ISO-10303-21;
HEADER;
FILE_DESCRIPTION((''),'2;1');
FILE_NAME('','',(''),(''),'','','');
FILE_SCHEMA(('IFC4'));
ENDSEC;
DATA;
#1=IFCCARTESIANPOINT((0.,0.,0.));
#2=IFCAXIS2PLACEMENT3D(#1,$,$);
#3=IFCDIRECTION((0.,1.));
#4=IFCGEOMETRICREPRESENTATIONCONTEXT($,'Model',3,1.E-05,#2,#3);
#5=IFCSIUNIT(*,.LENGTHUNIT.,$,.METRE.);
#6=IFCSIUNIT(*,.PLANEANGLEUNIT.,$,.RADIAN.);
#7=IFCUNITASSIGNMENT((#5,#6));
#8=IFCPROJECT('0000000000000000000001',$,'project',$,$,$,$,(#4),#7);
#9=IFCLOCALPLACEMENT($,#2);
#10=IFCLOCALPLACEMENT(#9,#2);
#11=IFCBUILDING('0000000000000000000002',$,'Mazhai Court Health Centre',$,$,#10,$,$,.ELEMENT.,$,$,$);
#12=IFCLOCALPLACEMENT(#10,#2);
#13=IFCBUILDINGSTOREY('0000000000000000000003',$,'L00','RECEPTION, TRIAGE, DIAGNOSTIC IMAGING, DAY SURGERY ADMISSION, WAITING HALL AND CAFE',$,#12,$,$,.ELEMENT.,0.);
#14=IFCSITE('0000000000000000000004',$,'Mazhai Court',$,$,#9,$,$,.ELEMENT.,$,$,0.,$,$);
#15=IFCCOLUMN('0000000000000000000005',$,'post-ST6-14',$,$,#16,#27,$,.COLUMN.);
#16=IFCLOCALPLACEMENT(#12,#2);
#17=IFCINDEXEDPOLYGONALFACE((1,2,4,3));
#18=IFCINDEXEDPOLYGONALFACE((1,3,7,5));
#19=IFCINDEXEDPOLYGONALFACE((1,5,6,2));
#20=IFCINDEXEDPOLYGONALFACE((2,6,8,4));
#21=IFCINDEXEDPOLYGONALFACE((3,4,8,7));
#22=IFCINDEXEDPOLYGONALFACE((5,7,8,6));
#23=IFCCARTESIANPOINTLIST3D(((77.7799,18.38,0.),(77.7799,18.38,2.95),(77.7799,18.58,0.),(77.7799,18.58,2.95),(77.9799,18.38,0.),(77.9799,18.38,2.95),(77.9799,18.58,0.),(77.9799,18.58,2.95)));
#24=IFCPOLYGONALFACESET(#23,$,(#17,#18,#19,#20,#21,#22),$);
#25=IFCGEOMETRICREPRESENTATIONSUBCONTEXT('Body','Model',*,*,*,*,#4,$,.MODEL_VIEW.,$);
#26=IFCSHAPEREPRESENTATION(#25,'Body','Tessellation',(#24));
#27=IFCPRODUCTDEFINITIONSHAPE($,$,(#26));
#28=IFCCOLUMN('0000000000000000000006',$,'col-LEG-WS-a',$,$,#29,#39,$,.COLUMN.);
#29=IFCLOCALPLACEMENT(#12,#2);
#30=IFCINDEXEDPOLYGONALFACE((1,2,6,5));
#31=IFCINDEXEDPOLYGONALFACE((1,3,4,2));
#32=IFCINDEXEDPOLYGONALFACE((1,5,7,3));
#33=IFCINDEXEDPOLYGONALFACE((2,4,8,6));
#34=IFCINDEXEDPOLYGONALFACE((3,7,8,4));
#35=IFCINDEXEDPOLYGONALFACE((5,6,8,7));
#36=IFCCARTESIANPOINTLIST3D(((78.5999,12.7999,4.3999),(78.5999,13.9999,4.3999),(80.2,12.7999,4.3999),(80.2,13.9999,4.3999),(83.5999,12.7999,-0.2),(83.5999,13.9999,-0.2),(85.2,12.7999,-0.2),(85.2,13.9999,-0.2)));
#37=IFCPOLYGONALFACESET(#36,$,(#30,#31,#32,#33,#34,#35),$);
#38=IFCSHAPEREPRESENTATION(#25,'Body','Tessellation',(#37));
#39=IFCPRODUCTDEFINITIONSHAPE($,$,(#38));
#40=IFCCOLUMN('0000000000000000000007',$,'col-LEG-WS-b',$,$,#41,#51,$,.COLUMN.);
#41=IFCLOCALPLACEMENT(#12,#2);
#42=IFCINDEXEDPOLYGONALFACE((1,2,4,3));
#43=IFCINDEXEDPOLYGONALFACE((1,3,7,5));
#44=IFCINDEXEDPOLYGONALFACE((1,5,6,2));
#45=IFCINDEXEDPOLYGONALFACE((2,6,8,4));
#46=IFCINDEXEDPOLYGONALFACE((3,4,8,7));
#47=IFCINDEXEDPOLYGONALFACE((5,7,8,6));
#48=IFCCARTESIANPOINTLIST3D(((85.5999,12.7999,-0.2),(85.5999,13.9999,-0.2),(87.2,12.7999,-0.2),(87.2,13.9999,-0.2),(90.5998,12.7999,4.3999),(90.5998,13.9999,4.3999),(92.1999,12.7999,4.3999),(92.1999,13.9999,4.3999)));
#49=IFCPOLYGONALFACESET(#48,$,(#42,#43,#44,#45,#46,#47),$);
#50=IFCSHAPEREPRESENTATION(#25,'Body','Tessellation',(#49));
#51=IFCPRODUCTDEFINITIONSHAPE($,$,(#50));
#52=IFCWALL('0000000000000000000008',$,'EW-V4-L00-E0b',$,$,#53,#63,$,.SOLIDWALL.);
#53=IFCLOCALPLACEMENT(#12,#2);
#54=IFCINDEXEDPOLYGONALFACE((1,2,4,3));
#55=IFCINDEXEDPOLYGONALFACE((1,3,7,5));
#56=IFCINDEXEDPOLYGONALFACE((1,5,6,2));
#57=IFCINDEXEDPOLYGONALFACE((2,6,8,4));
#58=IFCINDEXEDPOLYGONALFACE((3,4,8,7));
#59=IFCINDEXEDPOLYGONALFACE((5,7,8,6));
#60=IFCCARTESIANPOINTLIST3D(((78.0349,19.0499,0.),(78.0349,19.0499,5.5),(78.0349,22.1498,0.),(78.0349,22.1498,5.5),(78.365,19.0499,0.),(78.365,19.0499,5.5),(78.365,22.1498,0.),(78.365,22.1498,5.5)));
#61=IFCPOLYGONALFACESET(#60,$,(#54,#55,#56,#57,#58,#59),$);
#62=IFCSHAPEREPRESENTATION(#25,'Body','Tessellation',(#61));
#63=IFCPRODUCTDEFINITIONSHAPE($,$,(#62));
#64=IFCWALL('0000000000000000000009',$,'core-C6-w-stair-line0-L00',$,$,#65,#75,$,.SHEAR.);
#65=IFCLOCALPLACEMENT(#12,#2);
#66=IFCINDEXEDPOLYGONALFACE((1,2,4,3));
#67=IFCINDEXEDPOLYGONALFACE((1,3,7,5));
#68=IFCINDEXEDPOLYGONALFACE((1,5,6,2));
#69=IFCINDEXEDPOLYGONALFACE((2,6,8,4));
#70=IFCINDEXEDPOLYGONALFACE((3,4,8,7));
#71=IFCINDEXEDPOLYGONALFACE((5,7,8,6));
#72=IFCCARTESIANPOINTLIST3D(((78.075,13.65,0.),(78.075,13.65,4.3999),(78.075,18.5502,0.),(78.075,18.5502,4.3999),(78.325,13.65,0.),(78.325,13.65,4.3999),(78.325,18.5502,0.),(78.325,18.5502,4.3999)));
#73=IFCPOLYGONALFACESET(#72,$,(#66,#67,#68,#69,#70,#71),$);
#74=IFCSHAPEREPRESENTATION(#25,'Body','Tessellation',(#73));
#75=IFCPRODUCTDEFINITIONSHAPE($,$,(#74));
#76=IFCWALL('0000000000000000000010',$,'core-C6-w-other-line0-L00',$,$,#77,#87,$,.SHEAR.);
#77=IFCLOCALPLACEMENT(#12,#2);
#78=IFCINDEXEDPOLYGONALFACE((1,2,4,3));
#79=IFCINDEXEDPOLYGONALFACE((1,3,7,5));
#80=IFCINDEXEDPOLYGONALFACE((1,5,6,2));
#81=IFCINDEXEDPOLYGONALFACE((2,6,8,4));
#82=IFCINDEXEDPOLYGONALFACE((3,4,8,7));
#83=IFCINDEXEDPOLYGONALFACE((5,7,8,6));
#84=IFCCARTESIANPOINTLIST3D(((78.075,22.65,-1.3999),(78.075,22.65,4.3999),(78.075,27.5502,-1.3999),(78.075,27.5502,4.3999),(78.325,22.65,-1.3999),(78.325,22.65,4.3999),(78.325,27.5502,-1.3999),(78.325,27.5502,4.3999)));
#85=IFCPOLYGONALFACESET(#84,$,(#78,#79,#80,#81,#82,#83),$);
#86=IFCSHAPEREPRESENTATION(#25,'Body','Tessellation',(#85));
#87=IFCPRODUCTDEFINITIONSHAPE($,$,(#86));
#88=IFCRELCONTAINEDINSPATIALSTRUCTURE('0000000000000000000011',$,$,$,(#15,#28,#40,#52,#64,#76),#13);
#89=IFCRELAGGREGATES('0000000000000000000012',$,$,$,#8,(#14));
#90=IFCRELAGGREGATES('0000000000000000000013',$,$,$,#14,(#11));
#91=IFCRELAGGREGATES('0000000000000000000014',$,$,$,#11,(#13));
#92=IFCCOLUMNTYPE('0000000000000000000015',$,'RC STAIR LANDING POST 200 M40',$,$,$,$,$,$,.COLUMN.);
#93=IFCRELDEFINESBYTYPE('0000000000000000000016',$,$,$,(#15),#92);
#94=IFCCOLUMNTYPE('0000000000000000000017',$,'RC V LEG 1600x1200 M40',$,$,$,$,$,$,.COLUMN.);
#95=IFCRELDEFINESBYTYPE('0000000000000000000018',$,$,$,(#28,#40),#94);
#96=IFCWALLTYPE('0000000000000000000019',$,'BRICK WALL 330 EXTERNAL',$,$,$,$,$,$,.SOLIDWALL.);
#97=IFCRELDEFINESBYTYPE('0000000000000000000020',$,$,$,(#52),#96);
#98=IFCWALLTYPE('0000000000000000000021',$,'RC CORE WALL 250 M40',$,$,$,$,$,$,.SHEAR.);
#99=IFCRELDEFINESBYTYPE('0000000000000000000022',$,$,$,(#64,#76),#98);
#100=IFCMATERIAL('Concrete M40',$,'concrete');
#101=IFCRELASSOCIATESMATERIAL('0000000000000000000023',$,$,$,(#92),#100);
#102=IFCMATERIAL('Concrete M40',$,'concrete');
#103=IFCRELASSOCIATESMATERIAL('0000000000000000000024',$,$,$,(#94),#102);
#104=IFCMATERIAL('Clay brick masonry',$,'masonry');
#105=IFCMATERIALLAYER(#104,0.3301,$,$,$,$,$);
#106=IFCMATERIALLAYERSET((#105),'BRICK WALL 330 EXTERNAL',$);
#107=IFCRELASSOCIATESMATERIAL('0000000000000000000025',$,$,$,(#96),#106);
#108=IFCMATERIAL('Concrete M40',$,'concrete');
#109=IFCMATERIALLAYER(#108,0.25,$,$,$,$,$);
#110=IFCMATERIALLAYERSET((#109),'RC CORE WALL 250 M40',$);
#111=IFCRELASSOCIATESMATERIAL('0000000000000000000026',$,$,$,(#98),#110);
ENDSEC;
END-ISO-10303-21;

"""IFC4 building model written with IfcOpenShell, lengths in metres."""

from ifc_helpers import new_model, si_unit, direction, frame, frame_2d, origin, origin_2d, place, context, subcontext, project, spatial, rectangle, extrude, material, layer, layer_set, material_profile, profile_set, type_object, element, save


model = new_model("IFC4")

# Units and contexts
model_context = context("Model", 3, precision=1e-05, world=origin(), true_north=direction((0.0, 1.0)))
body_context = subcontext(model_context, "Body", "Model", "MODEL_VIEW")
ifc_project = project(units=[si_unit("LENGTHUNIT", "METRE"), si_unit("PLANEANGLEUNIT", "RADIAN")], contexts=[model_context])

# Site, building, storey
site_placement = place(None, origin())
site = spatial("IfcSite", under=ifc_project, at=site_placement, Name="Mazhai Court", CompositionType="ELEMENT", RefElevation=0.0)
building_placement = place(site_placement, origin())
building = spatial("IfcBuilding", under=site, at=building_placement, Name="Mazhai Court Health Centre", CompositionType="ELEMENT")
storey_placement = place(building_placement, origin())
storey = spatial("IfcBuildingStorey", under=building, at=storey_placement, Name="L00", Description="RECEPTION, TRIAGE, DIAGNOSTIC IMAGING, DAY SURGERY ADMISSION, WAITING HALL AND CAFE", CompositionType="ELEMENT", Elevation=0.0)

# Columns
ifc_material_1 = material(Name="Concrete M40", Category="concrete")
ifc_material_profile_1 = material_profile(ifc_material_1, rectangle(XDim=0.2, YDim=0.2, at=origin_2d()), Name="RC 200x200")
ifc_profile_set_1 = profile_set([ifc_material_profile_1], Name="Concrete M40")
column_type_1 = type_object("IfcColumnType", Name="RC STAIR LANDING POST 200 M40", PredefinedType="COLUMN", material=ifc_profile_set_1)
for number, where, z_axis, x_axis, name in (
    (1, (77.8799, 18.48, 0.0), (0.0, 0.0, 1.0), (1.0, 0.0, 0.0), "post-ST6-14"),
):
    element("IfcColumn", number, at=place(storey_placement, frame(where, z_axis=z_axis, x_axis=x_axis)), inside=storey, type_object=column_type_1, Name=name, PredefinedType="COLUMN", context=body_context, shape_type="SweptSolid", body=[
        extrude(rectangle(XDim=0.2, YDim=0.2, at=origin_2d()), origin(), (0.0, 0.0, 1.0), 2.95),
    ])
ifc_material_2 = material(Name="Concrete M40", Category="concrete")
ifc_material_profile_2 = material_profile(ifc_material_2, rectangle(XDim=1.6001, YDim=1.2, at=origin_2d()), Name="RC 1600x1200")
ifc_profile_set_2 = profile_set([ifc_material_profile_2], Name="Concrete M40")
column_type_2 = type_object("IfcColumnType", Name="RC V LEG 1600x1200 M40", PredefinedType="COLUMN", material=ifc_profile_set_2)
column_1_placement = place(storey_placement, frame((84.3999, 13.3999, -0.2), z_axis=(0.0, 0.0, 1.0), x_axis=(1.0, 0.0, 0.0)))
element("IfcColumn", 2, at=column_1_placement, inside=storey, type_object=column_type_2, Name="col-LEG-WS-a", PredefinedType="COLUMN", context=body_context, shape_type="SweptSolid", body=[
    extrude(rectangle(XDim=1.6001, YDim=1.2, at=origin_2d()), origin(), (-0.735942, 0.0, 0.677045), 6.7939),
])
column_2_placement = place(storey_placement, frame((86.3999, 13.3999, -0.2), z_axis=(0.0, 0.0, 1.0), x_axis=(1.0, 0.0, 0.0)))
element("IfcColumn", 3, at=column_2_placement, inside=storey, type_object=column_type_2, Name="col-LEG-WS-b", PredefinedType="COLUMN", context=body_context, shape_type="SweptSolid", body=[
    extrude(rectangle(XDim=1.6001, YDim=1.2, at=origin_2d()), origin(), (0.735942, 0.0, 0.677045), 6.7939),
])

# Walls
ifc_material_3 = material(Name="Clay brick masonry", Category="masonry")
ifc_layer_1 = layer(ifc_material_3, 0.3301)
ifc_layer_set_1 = layer_set([ifc_layer_1], Name="BRICK WALL 330 EXTERNAL")
wall_type_1 = type_object("IfcWallType", Name="BRICK WALL 330 EXTERNAL", PredefinedType="SOLIDWALL", material=ifc_layer_set_1)
wall_1_placement = place(storey_placement, frame((78.2, 19.05, 0.0), z_axis=(0.0, 0.0, 1.0), x_axis=(0.0, 1.0, 0.0)))
element("IfcWall", 4, at=wall_1_placement, inside=storey, type_object=wall_type_1, Name="EW-V4-L00-E0b", PredefinedType="SOLIDWALL", context=body_context, shape_type="SweptSolid", body=[
    extrude(rectangle(XDim=3.0999, YDim=0.3301, at=frame_2d((1.5498, 0.0))), origin(), (0.0, 0.0, 1.0), 5.5),
])
ifc_material_4 = material(Name="Concrete M40", Category="concrete")
ifc_layer_2 = layer(ifc_material_4, 0.25)
ifc_layer_set_2 = layer_set([ifc_layer_2], Name="RC CORE WALL 250 M40")
wall_type_2 = type_object("IfcWallType", Name="RC CORE WALL 250 M40", PredefinedType="SHEAR", material=ifc_layer_set_2)
wall_2_placement = place(storey_placement, frame((78.2, 13.6499, 0.0), z_axis=(0.0, 0.0, 1.0), x_axis=(0.0, 1.0, 0.0)))
element("IfcWall", 5, at=wall_2_placement, inside=storey, type_object=wall_type_2, Name="core-C6-w-stair-line0-L00", PredefinedType="SHEAR", context=body_context, shape_type="SweptSolid", body=[
    extrude(rectangle(XDim=4.9001, YDim=0.25, at=frame_2d((2.4502, 0.0))), origin(), (0.0, 0.0, 1.0), 4.3999),
])
wall_3_placement = place(storey_placement, frame((78.2, 22.6499, -1.3999), z_axis=(0.0, 0.0, 1.0), x_axis=(0.0, 1.0, 0.0)))
element("IfcWall", 6, at=wall_3_placement, inside=storey, type_object=wall_type_2, Name="core-C6-w-other-line0-L00", PredefinedType="SHEAR", context=body_context, shape_type="SweptSolid", body=[
    extrude(rectangle(XDim=4.9001, YDim=0.25, at=frame_2d((2.4502, 0.0))), origin(), (0.0, 0.0, 1.0), 5.7998),
])

save(model, "model.ifc")
